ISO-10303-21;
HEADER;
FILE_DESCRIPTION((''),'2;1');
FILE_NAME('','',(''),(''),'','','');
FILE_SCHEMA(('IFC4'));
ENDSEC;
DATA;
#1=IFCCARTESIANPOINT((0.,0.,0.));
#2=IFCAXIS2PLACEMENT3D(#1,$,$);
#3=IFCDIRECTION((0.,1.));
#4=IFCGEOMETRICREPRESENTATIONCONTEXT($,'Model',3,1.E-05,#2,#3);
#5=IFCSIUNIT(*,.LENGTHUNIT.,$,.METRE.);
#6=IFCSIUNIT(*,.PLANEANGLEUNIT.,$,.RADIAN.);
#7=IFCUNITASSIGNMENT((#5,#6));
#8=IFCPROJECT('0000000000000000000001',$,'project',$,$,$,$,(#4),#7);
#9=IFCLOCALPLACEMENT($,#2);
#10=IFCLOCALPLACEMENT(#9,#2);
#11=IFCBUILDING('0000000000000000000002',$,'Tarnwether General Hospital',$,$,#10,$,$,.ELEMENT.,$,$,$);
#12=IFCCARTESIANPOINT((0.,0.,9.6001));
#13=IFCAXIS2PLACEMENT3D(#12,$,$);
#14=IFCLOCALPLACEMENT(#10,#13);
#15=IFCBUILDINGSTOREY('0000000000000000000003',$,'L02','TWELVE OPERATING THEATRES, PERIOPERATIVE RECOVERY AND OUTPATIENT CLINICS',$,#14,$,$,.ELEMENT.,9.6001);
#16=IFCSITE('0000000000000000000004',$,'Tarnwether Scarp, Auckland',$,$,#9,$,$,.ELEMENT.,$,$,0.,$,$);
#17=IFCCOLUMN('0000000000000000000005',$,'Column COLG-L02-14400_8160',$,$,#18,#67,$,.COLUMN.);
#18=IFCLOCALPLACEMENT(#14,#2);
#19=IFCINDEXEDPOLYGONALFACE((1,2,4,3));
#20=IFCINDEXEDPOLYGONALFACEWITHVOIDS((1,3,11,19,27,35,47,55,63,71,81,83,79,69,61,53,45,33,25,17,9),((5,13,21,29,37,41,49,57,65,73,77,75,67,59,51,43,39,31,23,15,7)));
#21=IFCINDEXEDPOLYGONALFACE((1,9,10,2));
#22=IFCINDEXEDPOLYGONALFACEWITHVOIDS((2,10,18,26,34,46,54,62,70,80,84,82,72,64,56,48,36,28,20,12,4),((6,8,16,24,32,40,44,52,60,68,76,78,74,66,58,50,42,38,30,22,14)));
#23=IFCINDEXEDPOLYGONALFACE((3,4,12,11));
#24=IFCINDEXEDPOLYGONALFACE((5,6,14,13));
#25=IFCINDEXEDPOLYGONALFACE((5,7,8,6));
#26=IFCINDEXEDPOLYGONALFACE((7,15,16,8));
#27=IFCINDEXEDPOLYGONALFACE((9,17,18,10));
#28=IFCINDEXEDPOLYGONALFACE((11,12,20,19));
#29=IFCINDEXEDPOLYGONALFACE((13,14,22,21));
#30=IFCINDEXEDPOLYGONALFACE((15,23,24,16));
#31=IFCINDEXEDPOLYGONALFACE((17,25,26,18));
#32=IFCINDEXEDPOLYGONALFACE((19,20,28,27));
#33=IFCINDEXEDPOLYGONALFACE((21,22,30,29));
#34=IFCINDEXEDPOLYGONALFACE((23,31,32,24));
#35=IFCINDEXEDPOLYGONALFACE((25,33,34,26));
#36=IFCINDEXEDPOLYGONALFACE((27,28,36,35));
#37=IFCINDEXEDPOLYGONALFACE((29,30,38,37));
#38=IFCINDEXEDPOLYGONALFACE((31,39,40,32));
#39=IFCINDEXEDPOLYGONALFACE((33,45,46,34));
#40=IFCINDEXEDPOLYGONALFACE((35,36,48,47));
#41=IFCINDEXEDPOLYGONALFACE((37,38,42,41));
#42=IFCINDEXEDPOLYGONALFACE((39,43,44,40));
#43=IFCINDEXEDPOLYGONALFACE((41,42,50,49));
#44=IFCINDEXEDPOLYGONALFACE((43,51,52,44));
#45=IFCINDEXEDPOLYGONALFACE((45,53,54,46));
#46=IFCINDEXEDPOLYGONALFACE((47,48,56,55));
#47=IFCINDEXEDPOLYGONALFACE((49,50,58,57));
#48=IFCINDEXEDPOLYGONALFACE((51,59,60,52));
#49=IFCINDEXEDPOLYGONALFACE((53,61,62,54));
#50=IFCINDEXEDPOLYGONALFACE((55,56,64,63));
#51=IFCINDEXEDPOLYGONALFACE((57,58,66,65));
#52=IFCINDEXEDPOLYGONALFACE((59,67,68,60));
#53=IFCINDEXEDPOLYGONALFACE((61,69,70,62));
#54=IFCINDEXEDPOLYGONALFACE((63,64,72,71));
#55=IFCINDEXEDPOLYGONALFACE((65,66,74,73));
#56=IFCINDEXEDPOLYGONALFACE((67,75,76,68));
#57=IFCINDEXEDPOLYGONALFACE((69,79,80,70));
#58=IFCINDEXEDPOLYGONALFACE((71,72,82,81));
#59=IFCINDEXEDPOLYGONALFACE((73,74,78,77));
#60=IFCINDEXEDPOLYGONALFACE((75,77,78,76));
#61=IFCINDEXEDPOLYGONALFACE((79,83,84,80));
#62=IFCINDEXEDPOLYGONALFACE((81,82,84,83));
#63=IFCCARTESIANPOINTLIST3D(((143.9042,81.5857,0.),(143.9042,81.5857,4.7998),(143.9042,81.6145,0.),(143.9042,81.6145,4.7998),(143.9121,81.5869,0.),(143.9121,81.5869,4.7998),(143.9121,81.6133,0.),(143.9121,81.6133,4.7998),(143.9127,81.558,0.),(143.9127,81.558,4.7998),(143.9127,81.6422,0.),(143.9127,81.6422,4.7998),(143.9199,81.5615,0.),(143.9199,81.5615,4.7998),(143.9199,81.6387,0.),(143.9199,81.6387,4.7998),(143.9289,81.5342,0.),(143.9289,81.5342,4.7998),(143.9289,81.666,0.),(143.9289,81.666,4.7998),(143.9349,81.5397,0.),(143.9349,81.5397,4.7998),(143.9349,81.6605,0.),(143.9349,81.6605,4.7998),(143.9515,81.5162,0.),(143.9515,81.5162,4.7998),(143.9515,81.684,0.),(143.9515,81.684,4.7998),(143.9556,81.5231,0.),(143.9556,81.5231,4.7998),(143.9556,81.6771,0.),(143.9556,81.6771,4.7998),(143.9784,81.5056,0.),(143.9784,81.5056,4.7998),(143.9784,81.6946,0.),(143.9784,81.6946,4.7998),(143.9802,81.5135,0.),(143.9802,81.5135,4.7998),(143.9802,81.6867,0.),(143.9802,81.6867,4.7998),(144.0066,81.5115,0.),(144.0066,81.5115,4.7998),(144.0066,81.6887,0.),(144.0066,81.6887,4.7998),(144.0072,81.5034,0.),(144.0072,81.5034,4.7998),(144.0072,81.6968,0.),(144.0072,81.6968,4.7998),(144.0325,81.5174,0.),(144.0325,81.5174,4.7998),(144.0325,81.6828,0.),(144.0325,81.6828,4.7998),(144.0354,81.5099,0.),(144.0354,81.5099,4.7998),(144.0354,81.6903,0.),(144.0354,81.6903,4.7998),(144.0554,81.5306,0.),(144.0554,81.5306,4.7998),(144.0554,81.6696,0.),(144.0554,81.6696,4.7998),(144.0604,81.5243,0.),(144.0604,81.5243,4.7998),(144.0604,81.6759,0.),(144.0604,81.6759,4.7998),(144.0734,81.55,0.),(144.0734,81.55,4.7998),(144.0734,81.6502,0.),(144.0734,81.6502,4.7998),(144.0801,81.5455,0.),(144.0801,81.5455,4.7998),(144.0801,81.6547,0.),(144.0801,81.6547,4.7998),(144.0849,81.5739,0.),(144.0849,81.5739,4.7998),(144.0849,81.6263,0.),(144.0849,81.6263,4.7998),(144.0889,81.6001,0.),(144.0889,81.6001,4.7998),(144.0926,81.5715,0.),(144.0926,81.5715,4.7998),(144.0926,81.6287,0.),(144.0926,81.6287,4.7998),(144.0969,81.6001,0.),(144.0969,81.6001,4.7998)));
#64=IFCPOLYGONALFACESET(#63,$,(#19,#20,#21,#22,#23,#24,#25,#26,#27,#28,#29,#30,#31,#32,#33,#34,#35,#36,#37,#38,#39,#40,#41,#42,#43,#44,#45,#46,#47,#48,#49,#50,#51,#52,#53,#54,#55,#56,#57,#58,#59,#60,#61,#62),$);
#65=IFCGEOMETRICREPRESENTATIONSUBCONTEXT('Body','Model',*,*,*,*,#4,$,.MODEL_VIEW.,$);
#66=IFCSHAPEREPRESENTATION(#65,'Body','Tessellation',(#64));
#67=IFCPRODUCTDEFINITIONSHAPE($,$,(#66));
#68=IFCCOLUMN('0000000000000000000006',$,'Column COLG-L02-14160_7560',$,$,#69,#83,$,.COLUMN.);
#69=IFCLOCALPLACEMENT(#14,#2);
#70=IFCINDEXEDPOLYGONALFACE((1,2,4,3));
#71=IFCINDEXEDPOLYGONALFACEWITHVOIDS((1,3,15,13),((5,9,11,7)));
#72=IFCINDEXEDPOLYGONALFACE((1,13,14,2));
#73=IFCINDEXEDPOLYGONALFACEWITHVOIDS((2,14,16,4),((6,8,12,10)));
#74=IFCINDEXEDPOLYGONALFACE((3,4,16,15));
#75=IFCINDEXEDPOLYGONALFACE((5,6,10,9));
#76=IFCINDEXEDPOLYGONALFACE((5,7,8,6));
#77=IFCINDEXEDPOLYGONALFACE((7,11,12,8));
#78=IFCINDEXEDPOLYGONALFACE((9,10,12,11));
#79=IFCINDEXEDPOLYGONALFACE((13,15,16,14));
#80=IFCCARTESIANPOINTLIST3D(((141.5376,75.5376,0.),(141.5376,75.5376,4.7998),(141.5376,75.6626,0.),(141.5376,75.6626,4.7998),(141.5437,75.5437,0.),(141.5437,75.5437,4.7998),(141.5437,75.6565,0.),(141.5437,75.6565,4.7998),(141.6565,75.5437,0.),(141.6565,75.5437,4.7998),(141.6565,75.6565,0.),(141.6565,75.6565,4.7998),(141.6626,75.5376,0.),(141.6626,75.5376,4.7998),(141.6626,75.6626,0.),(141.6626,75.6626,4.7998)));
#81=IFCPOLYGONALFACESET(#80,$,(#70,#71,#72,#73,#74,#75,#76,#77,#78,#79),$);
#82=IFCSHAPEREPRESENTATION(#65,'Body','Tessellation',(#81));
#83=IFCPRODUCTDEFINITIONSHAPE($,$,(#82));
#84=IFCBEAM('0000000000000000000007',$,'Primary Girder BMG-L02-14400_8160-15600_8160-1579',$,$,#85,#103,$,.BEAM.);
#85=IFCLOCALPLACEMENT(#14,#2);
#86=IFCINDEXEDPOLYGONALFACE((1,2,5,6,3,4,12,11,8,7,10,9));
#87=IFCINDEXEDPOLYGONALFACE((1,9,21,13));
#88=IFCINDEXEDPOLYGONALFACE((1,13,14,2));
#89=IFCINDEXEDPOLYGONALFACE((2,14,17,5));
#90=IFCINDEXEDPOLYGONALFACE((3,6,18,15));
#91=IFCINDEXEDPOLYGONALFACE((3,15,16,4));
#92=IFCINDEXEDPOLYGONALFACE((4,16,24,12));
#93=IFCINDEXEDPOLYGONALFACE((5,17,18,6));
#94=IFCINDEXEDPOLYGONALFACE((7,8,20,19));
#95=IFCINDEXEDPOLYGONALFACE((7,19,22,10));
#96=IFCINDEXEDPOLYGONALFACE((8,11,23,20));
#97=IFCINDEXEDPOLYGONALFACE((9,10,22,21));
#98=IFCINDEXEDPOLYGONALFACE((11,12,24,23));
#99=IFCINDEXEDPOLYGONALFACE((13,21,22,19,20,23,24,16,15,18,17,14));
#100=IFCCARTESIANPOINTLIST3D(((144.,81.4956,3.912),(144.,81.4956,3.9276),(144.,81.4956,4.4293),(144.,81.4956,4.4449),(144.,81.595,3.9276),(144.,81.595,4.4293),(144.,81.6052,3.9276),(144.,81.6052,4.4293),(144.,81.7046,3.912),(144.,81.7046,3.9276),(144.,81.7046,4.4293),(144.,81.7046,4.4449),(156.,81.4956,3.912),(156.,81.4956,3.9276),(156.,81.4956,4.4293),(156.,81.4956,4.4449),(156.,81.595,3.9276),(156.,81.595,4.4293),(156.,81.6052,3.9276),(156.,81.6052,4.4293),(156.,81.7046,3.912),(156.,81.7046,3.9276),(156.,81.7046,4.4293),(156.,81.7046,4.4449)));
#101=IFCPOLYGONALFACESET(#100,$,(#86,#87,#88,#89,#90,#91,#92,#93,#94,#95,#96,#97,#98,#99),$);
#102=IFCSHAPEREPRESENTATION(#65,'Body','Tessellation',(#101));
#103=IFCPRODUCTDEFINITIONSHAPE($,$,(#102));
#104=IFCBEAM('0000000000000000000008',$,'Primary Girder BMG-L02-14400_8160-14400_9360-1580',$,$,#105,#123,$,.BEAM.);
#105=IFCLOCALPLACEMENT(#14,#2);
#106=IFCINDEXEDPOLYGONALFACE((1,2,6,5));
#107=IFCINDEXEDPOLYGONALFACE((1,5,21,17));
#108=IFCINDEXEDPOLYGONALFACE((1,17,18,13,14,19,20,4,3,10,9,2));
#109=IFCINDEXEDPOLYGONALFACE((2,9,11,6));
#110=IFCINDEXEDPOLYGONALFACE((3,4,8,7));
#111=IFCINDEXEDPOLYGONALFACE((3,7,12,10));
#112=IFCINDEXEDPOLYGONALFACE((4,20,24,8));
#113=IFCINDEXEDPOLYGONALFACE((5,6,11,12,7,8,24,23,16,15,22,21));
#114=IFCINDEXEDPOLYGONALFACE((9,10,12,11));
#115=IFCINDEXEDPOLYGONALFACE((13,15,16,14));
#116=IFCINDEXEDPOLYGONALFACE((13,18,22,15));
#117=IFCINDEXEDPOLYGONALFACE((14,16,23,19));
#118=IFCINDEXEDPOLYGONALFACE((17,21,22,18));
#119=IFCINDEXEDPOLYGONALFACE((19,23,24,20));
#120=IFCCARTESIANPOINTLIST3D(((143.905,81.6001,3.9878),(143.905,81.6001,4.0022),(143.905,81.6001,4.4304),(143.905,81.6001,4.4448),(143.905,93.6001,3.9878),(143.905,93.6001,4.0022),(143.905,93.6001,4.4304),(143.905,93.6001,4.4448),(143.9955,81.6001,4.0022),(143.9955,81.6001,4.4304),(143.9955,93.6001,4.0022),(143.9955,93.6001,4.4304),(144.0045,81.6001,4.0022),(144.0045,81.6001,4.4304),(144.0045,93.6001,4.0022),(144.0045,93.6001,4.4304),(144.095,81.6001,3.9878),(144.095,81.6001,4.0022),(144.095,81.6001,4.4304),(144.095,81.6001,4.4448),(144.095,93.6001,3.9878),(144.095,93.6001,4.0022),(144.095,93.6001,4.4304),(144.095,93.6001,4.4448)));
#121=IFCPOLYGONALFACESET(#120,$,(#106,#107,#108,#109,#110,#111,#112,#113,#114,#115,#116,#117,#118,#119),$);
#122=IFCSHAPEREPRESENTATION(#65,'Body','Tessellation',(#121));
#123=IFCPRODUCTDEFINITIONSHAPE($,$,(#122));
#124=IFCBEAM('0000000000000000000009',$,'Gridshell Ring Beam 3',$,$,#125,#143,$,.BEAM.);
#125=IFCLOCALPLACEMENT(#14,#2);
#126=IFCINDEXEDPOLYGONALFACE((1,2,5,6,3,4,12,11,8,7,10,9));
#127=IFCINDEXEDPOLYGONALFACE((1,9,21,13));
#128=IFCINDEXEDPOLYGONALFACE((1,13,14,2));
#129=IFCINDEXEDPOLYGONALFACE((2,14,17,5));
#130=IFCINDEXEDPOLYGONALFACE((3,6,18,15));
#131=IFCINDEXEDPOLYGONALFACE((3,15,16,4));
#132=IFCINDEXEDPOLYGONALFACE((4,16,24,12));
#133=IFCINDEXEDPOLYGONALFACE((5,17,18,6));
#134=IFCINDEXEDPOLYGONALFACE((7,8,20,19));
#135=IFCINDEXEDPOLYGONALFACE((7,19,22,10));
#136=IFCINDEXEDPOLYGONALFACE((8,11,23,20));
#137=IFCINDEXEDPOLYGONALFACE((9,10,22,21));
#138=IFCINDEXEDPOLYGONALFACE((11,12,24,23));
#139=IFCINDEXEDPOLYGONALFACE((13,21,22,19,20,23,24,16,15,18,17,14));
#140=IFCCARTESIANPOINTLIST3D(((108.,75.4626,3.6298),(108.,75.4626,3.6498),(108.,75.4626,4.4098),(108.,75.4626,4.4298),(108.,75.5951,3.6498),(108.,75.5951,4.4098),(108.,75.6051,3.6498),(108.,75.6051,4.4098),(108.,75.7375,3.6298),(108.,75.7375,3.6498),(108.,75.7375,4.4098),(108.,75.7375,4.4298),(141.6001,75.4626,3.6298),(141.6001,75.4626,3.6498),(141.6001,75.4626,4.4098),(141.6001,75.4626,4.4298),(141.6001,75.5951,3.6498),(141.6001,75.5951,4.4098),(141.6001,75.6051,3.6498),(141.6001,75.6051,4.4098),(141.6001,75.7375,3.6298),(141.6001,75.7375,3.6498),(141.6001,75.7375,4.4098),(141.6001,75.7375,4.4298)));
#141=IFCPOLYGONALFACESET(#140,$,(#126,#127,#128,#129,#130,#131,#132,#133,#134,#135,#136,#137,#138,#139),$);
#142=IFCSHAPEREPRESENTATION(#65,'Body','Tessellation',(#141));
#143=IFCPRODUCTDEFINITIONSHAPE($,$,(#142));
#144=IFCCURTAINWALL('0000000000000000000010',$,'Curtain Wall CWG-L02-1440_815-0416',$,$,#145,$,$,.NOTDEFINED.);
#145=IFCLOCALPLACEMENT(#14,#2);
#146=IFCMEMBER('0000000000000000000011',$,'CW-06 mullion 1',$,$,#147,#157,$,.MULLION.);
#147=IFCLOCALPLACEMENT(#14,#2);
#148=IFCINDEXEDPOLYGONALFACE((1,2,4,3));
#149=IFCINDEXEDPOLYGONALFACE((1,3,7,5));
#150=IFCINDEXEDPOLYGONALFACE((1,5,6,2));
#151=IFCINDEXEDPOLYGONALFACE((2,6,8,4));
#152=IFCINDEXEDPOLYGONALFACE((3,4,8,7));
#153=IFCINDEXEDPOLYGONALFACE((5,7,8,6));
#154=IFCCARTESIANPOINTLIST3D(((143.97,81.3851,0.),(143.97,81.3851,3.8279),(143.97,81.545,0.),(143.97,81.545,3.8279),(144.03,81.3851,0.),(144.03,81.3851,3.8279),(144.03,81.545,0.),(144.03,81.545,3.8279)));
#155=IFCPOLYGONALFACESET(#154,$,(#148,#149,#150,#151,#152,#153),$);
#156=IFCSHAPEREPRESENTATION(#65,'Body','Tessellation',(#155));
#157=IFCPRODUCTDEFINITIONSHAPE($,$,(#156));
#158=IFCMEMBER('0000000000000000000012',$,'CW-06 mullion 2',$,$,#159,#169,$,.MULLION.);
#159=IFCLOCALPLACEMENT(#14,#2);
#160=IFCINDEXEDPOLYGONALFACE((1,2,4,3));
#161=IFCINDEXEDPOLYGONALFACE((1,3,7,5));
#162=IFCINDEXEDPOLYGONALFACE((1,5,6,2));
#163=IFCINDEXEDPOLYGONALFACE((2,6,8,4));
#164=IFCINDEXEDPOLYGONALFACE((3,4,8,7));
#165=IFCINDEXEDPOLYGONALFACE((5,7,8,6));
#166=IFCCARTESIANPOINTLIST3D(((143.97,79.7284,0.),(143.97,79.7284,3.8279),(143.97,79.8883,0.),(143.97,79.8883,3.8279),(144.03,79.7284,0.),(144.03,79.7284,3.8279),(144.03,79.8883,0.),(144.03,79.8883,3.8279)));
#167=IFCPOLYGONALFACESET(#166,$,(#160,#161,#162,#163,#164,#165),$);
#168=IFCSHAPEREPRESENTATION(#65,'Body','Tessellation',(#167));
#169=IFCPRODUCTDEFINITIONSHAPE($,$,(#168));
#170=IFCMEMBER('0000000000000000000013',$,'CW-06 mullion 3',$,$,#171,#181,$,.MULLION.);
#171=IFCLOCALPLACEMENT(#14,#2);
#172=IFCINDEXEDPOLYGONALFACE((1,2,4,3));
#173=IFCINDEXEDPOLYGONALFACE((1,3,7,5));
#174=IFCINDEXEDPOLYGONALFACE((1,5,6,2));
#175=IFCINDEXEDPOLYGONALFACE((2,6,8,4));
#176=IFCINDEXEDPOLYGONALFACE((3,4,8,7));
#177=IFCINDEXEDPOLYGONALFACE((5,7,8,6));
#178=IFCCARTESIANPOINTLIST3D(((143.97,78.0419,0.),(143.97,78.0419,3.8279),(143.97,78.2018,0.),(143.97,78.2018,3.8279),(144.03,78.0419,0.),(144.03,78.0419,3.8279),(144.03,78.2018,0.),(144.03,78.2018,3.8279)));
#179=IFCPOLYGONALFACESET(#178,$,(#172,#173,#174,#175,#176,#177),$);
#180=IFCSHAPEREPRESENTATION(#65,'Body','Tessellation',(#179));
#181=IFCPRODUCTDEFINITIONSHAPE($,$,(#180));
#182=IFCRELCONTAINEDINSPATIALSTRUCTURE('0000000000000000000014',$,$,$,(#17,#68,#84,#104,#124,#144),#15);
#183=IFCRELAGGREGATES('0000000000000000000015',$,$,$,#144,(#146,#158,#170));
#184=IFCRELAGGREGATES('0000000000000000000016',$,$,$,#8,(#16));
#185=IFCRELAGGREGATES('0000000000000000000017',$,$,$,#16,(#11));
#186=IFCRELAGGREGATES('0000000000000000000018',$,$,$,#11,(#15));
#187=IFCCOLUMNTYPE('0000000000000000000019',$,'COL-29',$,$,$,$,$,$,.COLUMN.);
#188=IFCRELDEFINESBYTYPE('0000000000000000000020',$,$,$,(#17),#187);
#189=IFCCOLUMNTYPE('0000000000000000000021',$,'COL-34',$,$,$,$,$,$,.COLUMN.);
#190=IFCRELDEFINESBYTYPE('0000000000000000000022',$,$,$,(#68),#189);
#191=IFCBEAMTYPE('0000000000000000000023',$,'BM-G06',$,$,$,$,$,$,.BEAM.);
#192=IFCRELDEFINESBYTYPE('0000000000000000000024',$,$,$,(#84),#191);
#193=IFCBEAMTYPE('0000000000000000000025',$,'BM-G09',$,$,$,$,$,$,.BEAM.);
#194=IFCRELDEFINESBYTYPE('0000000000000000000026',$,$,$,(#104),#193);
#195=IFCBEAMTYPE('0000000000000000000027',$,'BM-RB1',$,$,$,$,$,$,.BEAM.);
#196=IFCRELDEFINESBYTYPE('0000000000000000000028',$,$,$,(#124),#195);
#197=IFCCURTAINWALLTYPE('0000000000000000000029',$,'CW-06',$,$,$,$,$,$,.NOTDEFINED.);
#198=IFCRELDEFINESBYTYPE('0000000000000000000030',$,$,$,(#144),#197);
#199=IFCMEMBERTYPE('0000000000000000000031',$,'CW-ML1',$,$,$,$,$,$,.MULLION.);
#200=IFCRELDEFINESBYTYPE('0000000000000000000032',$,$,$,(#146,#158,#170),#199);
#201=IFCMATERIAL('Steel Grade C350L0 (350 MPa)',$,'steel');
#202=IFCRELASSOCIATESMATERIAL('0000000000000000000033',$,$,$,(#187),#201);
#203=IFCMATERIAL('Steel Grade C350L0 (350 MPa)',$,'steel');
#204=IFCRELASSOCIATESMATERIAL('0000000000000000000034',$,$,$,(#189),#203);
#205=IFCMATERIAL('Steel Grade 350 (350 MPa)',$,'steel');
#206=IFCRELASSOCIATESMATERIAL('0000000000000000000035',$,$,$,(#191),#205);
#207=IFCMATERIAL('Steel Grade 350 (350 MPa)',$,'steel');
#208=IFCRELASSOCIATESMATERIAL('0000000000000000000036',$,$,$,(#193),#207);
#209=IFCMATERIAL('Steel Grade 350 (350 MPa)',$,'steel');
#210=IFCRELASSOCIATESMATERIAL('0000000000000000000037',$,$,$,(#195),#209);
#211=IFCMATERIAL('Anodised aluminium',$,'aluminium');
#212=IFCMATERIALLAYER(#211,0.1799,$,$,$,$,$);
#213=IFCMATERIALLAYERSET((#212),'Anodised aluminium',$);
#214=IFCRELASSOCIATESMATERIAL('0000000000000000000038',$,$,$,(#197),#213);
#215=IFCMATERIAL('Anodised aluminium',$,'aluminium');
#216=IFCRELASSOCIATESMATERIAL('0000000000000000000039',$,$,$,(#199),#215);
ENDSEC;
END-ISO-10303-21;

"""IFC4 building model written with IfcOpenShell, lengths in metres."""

from ifc_helpers import new_model, si_unit, direction, frame, origin, origin_2d, place, context, subcontext, project, spatial, rectangle, hollow_rectangle, hollow_circle, i_section, extrude, material, layer, layer_set, material_profile, profile_set, type_object, element, aggregate, save


model = new_model("IFC4")

# Units and contexts
model_context = context("Model", 3, precision=1e-05, world=origin(), true_north=direction((0.0, 1.0)))
body_context = subcontext(model_context, "Body", "Model", "MODEL_VIEW")
ifc_project = project(units=[si_unit("LENGTHUNIT", "METRE"), si_unit("PLANEANGLEUNIT", "RADIAN")], contexts=[model_context])

# Site, building, storey
site_placement = place(None, origin())
site = spatial("IfcSite", under=ifc_project, at=site_placement, Name="Tarnwether Scarp, Auckland", CompositionType="ELEMENT", RefElevation=0.0)
building_placement = place(site_placement, origin())
building = spatial("IfcBuilding", under=site, at=building_placement, Name="Tarnwether General Hospital", CompositionType="ELEMENT")
storey_placement = place(building_placement, frame((0.0, 0.0, 9.6001)))
storey = spatial("IfcBuildingStorey", under=building, at=storey_placement, Name="L02", Description="TWELVE OPERATING THEATRES, PERIOPERATIVE RECOVERY AND OUTPATIENT CLINICS", CompositionType="ELEMENT", Elevation=9.6001)

# Columns
ifc_material_1 = material(Name="Steel Grade C350L0 (350 MPa)", Category="steel")
ifc_material_profile_1 = material_profile(ifc_material_1, hollow_circle(Radius=0.0969, WallThickness=0.0081, at=origin_2d()), Name="CHS193.7x8.0")
ifc_profile_set_1 = profile_set([ifc_material_profile_1], Name="Steel Grade C350L0 (350 MPa)")
column_type_1 = type_object("IfcColumnType", Name="COL-29", PredefinedType="COLUMN", material=ifc_profile_set_1)
column_1_placement = place(storey_placement, frame((144.0, 81.6001, 0.0), z_axis=(0.0, 0.0, 1.0), x_axis=(1.0, 0.0, 0.0)))
element("IfcColumn", 1, at=column_1_placement, inside=storey, type_object=column_type_1, Name="Column COLG-L02-14400_8160", PredefinedType="COLUMN", context=body_context, shape_type="SweptSolid", body=[
    extrude(hollow_circle(Radius=0.0969, WallThickness=0.0081, at=origin_2d()), origin(), (0.0, 0.0, 1.0), 4.7998),
])
ifc_material_2 = material(Name="Steel Grade C350L0 (350 MPa)", Category="steel")
ifc_material_profile_2 = material_profile(ifc_material_2, hollow_rectangle(XDim=0.125, YDim=0.125, WallThickness=0.0061, at=origin_2d()), Name="SHS125x125x6")
ifc_profile_set_2 = profile_set([ifc_material_profile_2], Name="Steel Grade C350L0 (350 MPa)")
column_type_2 = type_object("IfcColumnType", Name="COL-34", PredefinedType="COLUMN", material=ifc_profile_set_2)
column_2_placement = place(storey_placement, frame((141.6001, 75.6001, 0.0), z_axis=(0.0, 0.0, 1.0), x_axis=(1.0, 0.0, 0.0)))
element("IfcColumn", 2, at=column_2_placement, inside=storey, type_object=column_type_2, Name="Column COLG-L02-14160_7560", PredefinedType="COLUMN", context=body_context, shape_type="SweptSolid", body=[
    extrude(hollow_rectangle(XDim=0.125, YDim=0.125, WallThickness=0.0061, at=origin_2d()), origin(), (0.0, 0.0, 1.0), 4.7998),
])

# Beams
ifc_material_3 = material(Name="Steel Grade 350 (350 MPa)", Category="steel")
ifc_material_profile_3 = material_profile(ifc_material_3, i_section(OverallWidth=0.209, OverallDepth=0.533, WebThickness=0.0103, FlangeThickness=0.0156, at=origin_2d()), Name="530UB92.4")
ifc_profile_set_3 = profile_set([ifc_material_profile_3], Name="Steel Grade 350 (350 MPa)")
beam_type_1 = type_object("IfcBeamType", Name="BM-G06", PredefinedType="BEAM", material=ifc_profile_set_3)
beam_1_placement = place(storey_placement, frame((144.0, 81.6001, 4.1785), z_axis=(1.0, 0.0, 0.0), x_axis=(0.0, 1.0, 0.0)))
element("IfcBeam", 3, at=beam_1_placement, inside=storey, type_object=beam_type_1, Name="Primary Girder BMG-L02-14400_8160-15600_8160-1579", PredefinedType="BEAM", context=body_context, shape_type="SweptSolid", body=[
    extrude(i_section(OverallWidth=0.209, OverallDepth=0.533, WebThickness=0.0103, FlangeThickness=0.0156, at=origin_2d()), origin(), (0.0, 0.0, 1.0), 12.0),
])
ifc_material_4 = material(Name="Steel Grade 350 (350 MPa)", Category="steel")
ifc_material_profile_4 = material_profile(ifc_material_4, i_section(OverallWidth=0.1899, OverallDepth=0.457, WebThickness=0.009, FlangeThickness=0.0144, at=origin_2d()), Name="460UB74.6")
ifc_profile_set_4 = profile_set([ifc_material_profile_4], Name="Steel Grade 350 (350 MPa)")
beam_type_2 = type_object("IfcBeamType", Name="BM-G09", PredefinedType="BEAM", material=ifc_profile_set_4)
beam_2_placement = place(storey_placement, frame((144.0, 81.6001, 4.2163), z_axis=(0.0, 1.0, 0.0), x_axis=(-1.0, 0.0, 0.0)))
element("IfcBeam", 4, at=beam_2_placement, inside=storey, type_object=beam_type_2, Name="Primary Girder BMG-L02-14400_8160-14400_9360-1580", PredefinedType="BEAM", context=body_context, shape_type="SweptSolid", body=[
    extrude(i_section(OverallWidth=0.1899, OverallDepth=0.457, WebThickness=0.009, FlangeThickness=0.0144, at=origin_2d()), origin(), (0.0, 0.0, 1.0), 12.0),
])
ifc_material_5 = material(Name="Steel Grade 350 (350 MPa)", Category="steel")
ifc_material_profile_5 = material_profile(ifc_material_5, i_section(OverallWidth=0.2749, OverallDepth=0.8, WebThickness=0.01, FlangeThickness=0.02, at=origin_2d()), Name="800WB146")
ifc_profile_set_5 = profile_set([ifc_material_profile_5], Name="Steel Grade 350 (350 MPa)")
beam_type_3 = type_object("IfcBeamType", Name="BM-RB1", PredefinedType="BEAM", material=ifc_profile_set_5)
beam_3_placement = place(storey_placement, frame((141.6001, 75.6001, 4.0298), z_axis=(-1.0, 0.0, 0.0), x_axis=(0.0, -1.0, 0.0)))
element("IfcBeam", 5, at=beam_3_placement, inside=storey, type_object=beam_type_3, Name="Gridshell Ring Beam 3", PredefinedType="BEAM", context=body_context, shape_type="SweptSolid", body=[
    extrude(i_section(OverallWidth=0.2749, OverallDepth=0.8, WebThickness=0.01, FlangeThickness=0.02, at=origin_2d()), origin(), (0.0, 0.0, 1.0), 33.6001),
])

# Curtain wall, members
ifc_material_6 = material(Name="Anodised aluminium", Category="aluminium")
ifc_layer_1 = layer(ifc_material_6, 0.1799)
ifc_layer_set_1 = layer_set([ifc_layer_1], Name="Anodised aluminium")
curtain_wall_type_1 = type_object("IfcCurtainWallType", Name="CW-06", PredefinedType="NOTDEFINED", material=ifc_layer_set_1)
curtain_wall_1_placement = place(storey_placement, origin())
curtain_wall_1 = element("IfcCurtainWall", 6, at=curtain_wall_1_placement, inside=storey, type_object=curtain_wall_type_1, Name="Curtain Wall CWG-L02-1440_815-0416", PredefinedType="NOTDEFINED")
ifc_material_7 = material(Name="Anodised aluminium", Category="aluminium")
ifc_material_profile_6 = material_profile(ifc_material_7, rectangle(XDim=0.0601, YDim=0.1599, at=origin_2d()), Name="ALU-MUL-60x160")
ifc_profile_set_6 = profile_set([ifc_material_profile_6], Name="Anodised aluminium")
member_type_1 = type_object("IfcMemberType", Name="CW-ML1", PredefinedType="MULLION", material=ifc_profile_set_6)
member_1_placement = place(storey_placement, frame((144.0, 81.4651, 0.0), z_axis=(0.0, 0.0, 1.0), x_axis=(1.0, 0.0, 0.0)))
member_1 = element("IfcMember", 7, at=member_1_placement, type_object=member_type_1, Name="CW-06 mullion 1", PredefinedType="MULLION", context=body_context, shape_type="SweptSolid", body=[
    extrude(rectangle(XDim=0.0601, YDim=0.1599, at=origin_2d()), origin(), (0.0, 0.0, 1.0), 3.8279),
])
member_2_placement = place(storey_placement, frame((144.0, 79.8083, 0.0), z_axis=(0.0, 0.0, 1.0), x_axis=(1.0, 0.0, 0.0)))
member_2 = element("IfcMember", 8, at=member_2_placement, type_object=member_type_1, Name="CW-06 mullion 2", PredefinedType="MULLION", context=body_context, shape_type="SweptSolid", body=[
    extrude(rectangle(XDim=0.0601, YDim=0.1599, at=origin_2d()), origin(), (0.0, 0.0, 1.0), 3.8279),
])
member_3_placement = place(storey_placement, frame((144.0, 78.1218, 0.0), z_axis=(0.0, 0.0, 1.0), x_axis=(1.0, 0.0, 0.0)))
member_3 = element("IfcMember", 9, at=member_3_placement, type_object=member_type_1, Name="CW-06 mullion 3", PredefinedType="MULLION", context=body_context, shape_type="SweptSolid", body=[
    extrude(rectangle(XDim=0.0601, YDim=0.1599, at=origin_2d()), origin(), (0.0, 0.0, 1.0), 3.8279),
])

aggregate(curtain_wall_1, [member_1, member_2, member_3])

save(model, "model.ifc")
